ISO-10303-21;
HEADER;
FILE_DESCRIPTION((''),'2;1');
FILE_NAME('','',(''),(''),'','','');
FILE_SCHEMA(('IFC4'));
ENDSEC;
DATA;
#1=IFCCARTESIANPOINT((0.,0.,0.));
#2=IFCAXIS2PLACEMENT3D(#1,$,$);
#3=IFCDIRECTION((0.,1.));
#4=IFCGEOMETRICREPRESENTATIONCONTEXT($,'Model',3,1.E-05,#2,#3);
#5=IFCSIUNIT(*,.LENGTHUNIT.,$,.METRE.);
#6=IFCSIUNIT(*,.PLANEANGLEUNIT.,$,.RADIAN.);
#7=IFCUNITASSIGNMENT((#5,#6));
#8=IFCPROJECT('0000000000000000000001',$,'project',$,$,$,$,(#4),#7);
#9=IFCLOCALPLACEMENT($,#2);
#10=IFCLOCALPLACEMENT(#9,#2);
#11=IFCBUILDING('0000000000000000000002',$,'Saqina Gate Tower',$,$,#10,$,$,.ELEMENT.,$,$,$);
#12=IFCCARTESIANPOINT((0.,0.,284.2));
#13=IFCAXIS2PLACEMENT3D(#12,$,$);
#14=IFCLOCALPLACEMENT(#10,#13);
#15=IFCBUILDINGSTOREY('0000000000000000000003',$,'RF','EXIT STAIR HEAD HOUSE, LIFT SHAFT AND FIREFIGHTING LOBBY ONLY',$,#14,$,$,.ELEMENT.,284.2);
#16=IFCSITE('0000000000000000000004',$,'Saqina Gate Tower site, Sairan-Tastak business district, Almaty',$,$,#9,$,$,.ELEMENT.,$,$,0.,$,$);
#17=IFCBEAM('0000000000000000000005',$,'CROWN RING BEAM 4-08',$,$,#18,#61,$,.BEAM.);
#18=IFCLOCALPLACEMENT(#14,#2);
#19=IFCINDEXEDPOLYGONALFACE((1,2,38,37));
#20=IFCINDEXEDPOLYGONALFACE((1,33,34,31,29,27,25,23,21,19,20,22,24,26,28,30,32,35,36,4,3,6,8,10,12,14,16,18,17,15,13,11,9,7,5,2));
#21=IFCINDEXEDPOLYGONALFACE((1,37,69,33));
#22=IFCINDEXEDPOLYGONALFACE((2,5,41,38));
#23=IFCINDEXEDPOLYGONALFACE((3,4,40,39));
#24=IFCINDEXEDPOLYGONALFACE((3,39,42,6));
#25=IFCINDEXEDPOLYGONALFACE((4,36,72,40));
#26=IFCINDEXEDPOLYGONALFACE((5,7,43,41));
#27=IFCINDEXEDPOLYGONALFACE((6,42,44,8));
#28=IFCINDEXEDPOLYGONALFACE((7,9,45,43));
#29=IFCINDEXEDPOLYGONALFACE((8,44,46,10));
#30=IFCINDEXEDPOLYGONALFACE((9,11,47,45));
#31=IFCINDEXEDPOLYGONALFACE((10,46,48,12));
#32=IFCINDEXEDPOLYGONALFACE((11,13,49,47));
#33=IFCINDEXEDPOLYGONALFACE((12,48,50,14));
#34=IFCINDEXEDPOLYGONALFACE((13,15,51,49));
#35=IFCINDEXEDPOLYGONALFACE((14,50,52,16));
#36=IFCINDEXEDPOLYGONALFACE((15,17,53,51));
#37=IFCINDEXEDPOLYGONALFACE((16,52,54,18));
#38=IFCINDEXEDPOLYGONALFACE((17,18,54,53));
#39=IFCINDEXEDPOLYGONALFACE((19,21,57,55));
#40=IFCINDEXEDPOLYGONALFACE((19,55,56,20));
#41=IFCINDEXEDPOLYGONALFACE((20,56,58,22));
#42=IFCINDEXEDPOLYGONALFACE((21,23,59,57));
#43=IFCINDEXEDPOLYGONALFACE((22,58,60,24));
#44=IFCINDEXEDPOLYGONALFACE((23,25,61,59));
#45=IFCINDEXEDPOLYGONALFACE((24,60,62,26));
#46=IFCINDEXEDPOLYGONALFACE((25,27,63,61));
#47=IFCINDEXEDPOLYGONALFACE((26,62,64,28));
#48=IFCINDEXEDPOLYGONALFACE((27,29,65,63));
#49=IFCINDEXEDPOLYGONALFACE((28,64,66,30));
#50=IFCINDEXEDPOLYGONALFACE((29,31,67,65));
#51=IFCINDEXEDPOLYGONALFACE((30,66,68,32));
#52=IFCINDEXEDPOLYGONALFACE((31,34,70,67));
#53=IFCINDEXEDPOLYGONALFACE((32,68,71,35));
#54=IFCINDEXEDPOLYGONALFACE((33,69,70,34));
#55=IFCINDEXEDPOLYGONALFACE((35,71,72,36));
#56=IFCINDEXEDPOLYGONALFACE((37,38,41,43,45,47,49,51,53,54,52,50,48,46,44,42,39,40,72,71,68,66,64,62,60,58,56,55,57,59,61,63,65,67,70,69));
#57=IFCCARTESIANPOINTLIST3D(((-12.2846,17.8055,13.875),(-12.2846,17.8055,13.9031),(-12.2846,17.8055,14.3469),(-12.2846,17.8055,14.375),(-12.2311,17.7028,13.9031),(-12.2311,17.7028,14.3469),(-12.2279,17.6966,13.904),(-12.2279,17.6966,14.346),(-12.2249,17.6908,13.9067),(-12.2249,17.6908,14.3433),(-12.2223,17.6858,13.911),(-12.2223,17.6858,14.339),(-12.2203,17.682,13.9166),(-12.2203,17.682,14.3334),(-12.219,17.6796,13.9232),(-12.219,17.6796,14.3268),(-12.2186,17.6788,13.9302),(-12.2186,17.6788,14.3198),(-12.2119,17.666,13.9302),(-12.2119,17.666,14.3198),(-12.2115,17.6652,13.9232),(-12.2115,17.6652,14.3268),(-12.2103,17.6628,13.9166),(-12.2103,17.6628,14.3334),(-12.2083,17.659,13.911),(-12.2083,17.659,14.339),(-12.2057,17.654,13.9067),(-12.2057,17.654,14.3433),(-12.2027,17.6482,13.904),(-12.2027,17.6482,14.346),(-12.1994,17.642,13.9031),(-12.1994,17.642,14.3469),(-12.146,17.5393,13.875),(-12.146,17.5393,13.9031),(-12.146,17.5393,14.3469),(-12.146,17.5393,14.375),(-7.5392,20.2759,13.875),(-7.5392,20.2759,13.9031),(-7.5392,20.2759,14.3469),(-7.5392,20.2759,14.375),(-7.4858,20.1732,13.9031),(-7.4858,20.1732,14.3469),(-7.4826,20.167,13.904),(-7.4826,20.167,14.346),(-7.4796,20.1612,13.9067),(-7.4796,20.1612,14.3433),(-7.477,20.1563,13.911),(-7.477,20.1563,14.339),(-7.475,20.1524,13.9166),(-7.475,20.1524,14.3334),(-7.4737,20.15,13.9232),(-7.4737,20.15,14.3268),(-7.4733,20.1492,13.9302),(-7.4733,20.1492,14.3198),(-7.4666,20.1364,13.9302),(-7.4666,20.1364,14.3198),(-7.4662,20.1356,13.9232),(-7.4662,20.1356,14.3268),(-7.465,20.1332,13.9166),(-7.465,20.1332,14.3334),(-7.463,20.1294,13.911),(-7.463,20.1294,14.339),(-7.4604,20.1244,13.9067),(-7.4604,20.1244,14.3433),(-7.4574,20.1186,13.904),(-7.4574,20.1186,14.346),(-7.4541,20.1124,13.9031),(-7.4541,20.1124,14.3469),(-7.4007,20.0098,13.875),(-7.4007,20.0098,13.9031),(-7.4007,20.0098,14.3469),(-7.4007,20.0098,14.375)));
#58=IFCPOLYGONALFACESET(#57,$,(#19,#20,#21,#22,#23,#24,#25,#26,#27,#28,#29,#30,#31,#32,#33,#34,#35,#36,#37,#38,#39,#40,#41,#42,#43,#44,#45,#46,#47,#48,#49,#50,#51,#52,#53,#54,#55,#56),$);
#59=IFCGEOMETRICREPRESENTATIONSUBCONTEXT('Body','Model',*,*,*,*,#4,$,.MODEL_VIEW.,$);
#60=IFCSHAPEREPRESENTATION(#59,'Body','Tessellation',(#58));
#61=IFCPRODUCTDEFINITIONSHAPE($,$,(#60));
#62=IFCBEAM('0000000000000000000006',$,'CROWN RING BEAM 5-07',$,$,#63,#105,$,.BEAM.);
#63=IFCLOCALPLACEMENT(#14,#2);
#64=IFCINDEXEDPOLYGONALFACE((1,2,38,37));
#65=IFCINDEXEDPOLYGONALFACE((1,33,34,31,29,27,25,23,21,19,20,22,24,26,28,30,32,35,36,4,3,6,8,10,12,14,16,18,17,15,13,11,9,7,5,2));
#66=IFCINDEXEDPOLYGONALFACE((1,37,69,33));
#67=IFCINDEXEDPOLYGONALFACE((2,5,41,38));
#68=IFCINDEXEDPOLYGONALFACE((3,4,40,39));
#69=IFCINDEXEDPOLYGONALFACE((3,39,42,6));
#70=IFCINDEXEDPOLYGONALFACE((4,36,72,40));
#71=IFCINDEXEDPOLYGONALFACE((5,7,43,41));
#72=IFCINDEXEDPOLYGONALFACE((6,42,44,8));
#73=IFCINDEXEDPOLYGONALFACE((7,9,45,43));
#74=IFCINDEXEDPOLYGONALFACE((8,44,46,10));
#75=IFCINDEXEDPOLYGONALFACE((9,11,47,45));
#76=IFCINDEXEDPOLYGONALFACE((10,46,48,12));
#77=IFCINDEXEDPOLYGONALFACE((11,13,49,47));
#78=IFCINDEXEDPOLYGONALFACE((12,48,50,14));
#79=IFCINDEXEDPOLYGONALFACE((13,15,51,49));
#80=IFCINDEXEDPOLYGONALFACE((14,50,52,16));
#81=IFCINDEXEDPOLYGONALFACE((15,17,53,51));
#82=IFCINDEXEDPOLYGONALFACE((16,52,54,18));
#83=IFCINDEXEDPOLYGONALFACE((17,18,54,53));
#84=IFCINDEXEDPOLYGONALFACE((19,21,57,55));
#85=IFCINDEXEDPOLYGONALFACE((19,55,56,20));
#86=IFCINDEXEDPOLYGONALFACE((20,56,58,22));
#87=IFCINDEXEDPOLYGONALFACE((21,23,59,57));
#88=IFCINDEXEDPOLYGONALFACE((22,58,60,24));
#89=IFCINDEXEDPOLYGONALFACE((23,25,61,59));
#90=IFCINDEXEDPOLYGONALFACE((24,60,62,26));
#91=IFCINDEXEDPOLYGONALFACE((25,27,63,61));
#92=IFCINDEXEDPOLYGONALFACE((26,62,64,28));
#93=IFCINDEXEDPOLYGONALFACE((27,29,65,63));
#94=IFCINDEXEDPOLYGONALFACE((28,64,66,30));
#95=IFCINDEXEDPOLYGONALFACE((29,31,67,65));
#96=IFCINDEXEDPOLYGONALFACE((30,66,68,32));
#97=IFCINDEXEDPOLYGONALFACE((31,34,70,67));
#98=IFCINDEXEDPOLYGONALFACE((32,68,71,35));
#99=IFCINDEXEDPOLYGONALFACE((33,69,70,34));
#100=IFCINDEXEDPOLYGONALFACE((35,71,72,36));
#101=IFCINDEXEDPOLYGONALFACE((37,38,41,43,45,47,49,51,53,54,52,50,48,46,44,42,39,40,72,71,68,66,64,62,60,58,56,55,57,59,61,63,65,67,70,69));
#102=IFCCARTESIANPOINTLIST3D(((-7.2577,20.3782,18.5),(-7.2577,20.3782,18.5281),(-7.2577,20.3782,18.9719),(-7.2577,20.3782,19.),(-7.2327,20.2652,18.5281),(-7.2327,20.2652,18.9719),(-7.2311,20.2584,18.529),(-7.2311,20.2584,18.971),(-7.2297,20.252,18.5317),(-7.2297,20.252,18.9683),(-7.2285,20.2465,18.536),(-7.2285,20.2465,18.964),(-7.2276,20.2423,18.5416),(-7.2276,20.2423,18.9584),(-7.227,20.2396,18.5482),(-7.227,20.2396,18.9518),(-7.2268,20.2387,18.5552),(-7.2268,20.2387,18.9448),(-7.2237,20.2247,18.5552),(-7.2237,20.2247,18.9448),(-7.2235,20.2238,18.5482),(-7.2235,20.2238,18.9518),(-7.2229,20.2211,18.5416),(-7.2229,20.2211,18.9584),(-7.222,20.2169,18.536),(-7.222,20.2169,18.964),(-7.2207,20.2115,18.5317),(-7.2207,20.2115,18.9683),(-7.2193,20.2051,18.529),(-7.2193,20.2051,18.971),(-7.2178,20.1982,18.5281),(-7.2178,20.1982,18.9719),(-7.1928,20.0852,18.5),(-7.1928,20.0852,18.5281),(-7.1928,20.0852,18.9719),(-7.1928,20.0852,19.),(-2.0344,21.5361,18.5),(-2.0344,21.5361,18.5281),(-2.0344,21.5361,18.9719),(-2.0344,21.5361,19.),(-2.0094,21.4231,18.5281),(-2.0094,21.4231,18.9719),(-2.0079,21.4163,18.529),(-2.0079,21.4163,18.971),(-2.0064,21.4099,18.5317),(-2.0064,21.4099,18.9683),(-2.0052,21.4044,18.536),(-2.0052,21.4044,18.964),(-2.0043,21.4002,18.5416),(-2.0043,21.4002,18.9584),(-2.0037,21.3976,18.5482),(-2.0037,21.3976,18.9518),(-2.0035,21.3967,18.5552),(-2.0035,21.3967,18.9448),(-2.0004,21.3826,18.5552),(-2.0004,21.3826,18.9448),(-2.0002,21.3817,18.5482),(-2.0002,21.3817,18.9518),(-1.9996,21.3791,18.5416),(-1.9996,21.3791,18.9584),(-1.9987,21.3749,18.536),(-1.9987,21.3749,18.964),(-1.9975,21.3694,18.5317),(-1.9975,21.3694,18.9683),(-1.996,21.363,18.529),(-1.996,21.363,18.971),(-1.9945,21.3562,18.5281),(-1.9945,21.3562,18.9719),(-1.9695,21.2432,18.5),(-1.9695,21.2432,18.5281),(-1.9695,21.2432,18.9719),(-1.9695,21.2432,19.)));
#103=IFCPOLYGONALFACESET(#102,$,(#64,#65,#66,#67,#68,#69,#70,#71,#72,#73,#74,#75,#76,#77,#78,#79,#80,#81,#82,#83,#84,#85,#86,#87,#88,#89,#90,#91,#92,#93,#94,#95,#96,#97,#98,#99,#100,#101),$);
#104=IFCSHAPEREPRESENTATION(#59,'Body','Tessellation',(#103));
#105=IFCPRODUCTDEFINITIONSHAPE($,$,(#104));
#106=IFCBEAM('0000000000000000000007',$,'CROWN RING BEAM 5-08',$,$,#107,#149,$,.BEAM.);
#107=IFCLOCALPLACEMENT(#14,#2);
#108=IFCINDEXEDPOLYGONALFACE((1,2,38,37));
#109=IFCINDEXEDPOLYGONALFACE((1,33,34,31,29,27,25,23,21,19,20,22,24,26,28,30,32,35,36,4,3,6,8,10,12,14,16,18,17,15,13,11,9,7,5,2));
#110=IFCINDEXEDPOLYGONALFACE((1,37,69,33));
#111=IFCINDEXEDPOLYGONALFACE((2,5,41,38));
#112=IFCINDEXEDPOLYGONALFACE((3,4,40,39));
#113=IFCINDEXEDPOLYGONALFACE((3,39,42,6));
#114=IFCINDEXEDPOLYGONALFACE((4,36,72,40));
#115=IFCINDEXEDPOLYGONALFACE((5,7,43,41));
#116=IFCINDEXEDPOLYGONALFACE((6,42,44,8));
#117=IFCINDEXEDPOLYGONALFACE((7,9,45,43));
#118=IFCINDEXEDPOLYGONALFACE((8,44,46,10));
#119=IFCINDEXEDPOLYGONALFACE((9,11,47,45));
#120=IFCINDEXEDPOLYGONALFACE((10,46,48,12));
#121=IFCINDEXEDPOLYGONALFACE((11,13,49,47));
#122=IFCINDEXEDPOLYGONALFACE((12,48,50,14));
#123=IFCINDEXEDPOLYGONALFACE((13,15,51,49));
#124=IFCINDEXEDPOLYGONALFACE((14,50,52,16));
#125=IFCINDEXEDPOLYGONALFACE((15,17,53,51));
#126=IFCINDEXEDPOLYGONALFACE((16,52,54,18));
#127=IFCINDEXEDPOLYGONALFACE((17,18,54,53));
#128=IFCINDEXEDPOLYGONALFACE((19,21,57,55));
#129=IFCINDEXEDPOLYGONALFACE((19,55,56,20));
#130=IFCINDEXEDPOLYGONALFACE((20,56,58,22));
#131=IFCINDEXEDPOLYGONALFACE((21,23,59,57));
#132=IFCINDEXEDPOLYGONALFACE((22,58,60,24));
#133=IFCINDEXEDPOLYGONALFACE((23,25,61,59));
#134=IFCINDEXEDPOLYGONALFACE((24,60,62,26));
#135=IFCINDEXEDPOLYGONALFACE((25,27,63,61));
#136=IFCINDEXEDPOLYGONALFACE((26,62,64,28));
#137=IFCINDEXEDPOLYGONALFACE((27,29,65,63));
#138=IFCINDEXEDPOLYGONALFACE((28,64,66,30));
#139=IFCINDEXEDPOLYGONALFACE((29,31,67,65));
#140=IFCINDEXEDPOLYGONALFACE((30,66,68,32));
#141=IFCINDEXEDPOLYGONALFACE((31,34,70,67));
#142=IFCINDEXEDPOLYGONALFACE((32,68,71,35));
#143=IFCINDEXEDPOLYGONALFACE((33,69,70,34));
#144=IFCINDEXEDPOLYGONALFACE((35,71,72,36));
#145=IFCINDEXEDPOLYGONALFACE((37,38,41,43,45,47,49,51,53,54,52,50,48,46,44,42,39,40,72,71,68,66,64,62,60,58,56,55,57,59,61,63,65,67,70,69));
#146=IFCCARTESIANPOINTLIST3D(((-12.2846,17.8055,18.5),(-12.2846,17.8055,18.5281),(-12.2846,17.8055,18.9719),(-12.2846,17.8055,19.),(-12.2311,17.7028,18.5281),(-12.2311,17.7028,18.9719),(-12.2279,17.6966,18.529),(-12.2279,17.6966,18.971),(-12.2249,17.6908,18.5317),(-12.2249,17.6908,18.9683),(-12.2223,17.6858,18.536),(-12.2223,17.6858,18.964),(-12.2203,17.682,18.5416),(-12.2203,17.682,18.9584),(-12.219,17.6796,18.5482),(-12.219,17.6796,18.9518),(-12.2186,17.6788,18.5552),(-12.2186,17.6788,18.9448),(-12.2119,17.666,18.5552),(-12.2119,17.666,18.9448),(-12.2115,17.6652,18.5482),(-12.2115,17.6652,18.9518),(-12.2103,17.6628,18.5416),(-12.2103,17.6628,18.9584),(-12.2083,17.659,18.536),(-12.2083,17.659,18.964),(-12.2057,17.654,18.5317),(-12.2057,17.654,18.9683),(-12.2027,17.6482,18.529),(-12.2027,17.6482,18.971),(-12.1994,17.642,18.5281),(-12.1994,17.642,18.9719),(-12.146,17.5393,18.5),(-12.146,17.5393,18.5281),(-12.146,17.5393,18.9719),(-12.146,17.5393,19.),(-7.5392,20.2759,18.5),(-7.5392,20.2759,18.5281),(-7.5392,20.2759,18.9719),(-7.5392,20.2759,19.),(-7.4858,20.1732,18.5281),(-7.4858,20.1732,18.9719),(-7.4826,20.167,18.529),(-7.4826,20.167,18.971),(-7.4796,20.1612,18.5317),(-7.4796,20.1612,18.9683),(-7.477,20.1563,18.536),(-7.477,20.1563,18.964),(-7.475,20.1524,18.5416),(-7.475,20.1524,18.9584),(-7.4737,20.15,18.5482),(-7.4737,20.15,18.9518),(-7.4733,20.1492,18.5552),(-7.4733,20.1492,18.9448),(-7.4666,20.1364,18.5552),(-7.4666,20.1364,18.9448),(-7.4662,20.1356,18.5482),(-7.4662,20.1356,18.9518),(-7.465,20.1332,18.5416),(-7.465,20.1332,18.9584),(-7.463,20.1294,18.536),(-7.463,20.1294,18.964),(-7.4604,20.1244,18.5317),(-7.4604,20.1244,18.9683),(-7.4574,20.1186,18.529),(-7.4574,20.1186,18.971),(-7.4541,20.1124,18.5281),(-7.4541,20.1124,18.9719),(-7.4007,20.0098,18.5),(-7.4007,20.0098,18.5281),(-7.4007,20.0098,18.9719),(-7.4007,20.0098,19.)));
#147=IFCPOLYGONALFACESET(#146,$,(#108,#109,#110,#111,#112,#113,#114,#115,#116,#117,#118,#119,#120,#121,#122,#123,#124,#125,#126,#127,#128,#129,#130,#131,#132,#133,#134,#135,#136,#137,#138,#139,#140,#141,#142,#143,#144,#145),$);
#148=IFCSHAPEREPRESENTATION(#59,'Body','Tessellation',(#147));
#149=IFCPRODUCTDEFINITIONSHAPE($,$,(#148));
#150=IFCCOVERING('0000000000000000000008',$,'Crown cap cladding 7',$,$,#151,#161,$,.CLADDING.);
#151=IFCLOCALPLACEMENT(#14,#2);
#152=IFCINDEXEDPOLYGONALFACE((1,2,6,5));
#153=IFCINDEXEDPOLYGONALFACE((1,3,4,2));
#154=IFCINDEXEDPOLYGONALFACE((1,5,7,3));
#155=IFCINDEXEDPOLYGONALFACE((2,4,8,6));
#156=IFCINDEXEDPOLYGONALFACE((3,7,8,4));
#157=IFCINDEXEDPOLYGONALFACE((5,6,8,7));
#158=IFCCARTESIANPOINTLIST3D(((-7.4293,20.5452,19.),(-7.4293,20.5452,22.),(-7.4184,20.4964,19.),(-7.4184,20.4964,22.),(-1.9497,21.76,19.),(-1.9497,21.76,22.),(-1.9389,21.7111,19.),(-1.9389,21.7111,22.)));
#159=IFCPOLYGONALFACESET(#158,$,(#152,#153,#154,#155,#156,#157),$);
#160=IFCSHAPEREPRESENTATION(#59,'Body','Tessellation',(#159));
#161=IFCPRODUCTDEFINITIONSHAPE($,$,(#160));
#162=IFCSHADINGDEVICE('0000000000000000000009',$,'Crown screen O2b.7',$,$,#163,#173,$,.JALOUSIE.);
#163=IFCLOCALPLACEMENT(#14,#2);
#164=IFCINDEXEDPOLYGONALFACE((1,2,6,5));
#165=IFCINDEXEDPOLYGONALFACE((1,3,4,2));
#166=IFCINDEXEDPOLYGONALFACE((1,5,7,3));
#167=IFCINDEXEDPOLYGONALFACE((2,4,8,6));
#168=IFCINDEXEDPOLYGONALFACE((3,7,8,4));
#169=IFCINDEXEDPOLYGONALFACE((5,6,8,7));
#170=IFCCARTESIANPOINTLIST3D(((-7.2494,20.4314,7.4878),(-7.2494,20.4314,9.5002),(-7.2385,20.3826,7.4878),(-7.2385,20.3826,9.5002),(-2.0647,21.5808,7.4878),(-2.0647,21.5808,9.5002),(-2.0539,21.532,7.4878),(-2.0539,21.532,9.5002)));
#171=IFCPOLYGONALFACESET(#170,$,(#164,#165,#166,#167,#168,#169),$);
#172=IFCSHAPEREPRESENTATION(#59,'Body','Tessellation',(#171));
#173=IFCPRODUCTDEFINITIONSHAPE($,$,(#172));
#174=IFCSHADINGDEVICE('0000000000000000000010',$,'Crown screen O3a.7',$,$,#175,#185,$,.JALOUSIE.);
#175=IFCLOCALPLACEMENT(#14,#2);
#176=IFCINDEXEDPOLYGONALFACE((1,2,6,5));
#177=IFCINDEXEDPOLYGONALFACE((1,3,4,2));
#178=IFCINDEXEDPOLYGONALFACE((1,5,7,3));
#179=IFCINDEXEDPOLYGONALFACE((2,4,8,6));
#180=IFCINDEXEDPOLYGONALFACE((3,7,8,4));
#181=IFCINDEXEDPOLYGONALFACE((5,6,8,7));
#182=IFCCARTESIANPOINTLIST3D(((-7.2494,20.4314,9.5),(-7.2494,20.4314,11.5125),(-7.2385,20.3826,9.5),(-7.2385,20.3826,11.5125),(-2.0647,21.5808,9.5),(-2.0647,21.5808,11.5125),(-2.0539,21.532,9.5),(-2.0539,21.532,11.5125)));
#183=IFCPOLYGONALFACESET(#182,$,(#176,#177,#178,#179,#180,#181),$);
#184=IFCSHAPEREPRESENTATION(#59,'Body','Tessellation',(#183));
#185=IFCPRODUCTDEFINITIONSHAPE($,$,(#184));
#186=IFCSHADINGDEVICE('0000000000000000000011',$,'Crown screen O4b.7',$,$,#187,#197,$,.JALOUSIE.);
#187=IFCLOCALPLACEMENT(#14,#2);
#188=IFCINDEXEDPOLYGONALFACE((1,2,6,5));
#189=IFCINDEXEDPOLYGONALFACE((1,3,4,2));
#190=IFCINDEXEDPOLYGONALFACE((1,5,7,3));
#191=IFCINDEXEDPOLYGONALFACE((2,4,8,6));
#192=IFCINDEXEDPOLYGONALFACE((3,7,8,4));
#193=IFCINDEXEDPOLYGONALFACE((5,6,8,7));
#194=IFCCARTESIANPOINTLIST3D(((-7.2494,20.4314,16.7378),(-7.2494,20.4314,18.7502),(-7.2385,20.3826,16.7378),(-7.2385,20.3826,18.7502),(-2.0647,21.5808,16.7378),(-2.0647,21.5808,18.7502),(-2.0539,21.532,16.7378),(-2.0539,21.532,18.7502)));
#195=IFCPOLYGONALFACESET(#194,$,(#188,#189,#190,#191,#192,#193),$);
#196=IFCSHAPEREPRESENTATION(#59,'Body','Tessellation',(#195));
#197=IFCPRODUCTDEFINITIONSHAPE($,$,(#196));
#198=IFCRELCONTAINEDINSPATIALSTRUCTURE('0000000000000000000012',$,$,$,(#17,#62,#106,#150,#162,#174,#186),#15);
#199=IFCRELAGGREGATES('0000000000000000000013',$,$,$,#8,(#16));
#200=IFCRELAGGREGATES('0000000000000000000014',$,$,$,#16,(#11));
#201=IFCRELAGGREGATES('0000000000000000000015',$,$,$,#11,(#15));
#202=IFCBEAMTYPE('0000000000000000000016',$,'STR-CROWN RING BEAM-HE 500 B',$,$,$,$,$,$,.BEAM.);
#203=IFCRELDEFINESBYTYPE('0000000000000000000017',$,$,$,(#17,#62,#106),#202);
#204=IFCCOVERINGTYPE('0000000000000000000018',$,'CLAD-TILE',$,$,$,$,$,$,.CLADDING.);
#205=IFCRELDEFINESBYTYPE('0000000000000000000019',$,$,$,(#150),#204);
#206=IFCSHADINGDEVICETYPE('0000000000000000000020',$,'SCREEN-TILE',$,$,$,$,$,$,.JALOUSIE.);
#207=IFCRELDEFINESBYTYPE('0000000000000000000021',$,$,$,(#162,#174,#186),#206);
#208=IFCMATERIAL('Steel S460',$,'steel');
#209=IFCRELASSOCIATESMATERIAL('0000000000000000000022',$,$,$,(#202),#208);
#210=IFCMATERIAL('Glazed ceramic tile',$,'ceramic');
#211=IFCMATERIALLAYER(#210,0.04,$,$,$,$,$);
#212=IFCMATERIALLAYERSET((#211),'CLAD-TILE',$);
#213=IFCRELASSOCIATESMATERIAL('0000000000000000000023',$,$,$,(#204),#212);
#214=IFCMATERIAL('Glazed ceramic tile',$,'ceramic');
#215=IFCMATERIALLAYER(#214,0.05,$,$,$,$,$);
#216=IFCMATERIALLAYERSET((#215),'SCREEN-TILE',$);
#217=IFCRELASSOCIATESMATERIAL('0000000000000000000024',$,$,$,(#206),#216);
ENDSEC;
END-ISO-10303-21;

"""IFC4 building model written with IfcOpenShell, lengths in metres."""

from ifc_helpers import new_model, si_unit, direction, frame, origin, origin_2d, place, context, subcontext, project, spatial, rectangle, i_section, extrude, material, layer, layer_set, material_profile, profile_set, type_object, element, save


model = new_model("IFC4")

# Units and contexts
model_context = context("Model", 3, precision=1e-05, world=origin(), true_north=direction((0.0, 1.0)))
body_context = subcontext(model_context, "Body", "Model", "MODEL_VIEW")
ifc_project = project(units=[si_unit("LENGTHUNIT", "METRE"), si_unit("PLANEANGLEUNIT", "RADIAN")], contexts=[model_context])

# Site, building, storey
site_placement = place(None, origin())
site = spatial("IfcSite", under=ifc_project, at=site_placement, Name="Saqina Gate Tower site, Sairan-Tastak business district, Almaty", CompositionType="ELEMENT", RefElevation=0.0)
building_placement = place(site_placement, origin())
building = spatial("IfcBuilding", under=site, at=building_placement, Name="Saqina Gate Tower", CompositionType="ELEMENT")
storey_placement = place(building_placement, frame((0.0, 0.0, 284.2)))
storey = spatial("IfcBuildingStorey", under=building, at=storey_placement, Name="RF", Description="EXIT STAIR HEAD HOUSE, LIFT SHAFT AND FIREFIGHTING LOBBY ONLY", CompositionType="ELEMENT", Elevation=284.2)

# Beams
ifc_material_1 = material(Name="Steel S460", Category="steel")
ifc_material_profile_1 = material_profile(ifc_material_1, i_section(OverallWidth=0.3, OverallDepth=0.5, WebThickness=0.0144, FlangeThickness=0.0281, FilletRadius=0.0271, at=origin_2d()), Name="HE 500 B")
ifc_profile_set_1 = profile_set([ifc_material_profile_1], Name="Steel S460")
beam_type_1 = type_object("IfcBeamType", Name="STR-CROWN RING BEAM-HE 500 B", PredefinedType="BEAM", material=ifc_profile_set_1)
beam_1_placement = place(storey_placement, frame((-7.47, 20.1428, 14.125), z_axis=(-0.886997, -0.461775, 0.0), x_axis=(0.461775, -0.886997, 0.0)))
element("IfcBeam", 1, at=beam_1_placement, inside=storey, type_object=beam_type_1, Name="CROWN RING BEAM 4-08", PredefinedType="BEAM", context=body_context, shape_type="SweptSolid", body=[
    extrude(i_section(OverallWidth=0.3, OverallDepth=0.5, WebThickness=0.0144, FlangeThickness=0.0281, FilletRadius=0.0271, at=origin_2d()), origin(), (0.0, 0.0, 1.0), 5.3499),
])
beam_2_placement = place(storey_placement, frame((-2.002, 21.3896, 18.75), z_axis=(-0.976298, -0.216433, 0.0), x_axis=(0.216433, -0.976298, 0.0)))
element("IfcBeam", 2, at=beam_2_placement, inside=storey, type_object=beam_type_1, Name="CROWN RING BEAM 5-07", PredefinedType="BEAM", context=body_context, shape_type="SweptSolid", body=[
    extrude(i_section(OverallWidth=0.3, OverallDepth=0.5, WebThickness=0.0144, FlangeThickness=0.0281, FilletRadius=0.0271, at=origin_2d()), origin(), (0.0, 0.0, 1.0), 5.3501),
])
beam_3_placement = place(storey_placement, frame((-7.47, 20.1428, 18.75), z_axis=(-0.886997, -0.461775, 0.0), x_axis=(0.461775, -0.886997, 0.0)))
element("IfcBeam", 3, at=beam_3_placement, inside=storey, type_object=beam_type_1, Name="CROWN RING BEAM 5-08", PredefinedType="BEAM", context=body_context, shape_type="SweptSolid", body=[
    extrude(i_section(OverallWidth=0.3, OverallDepth=0.5, WebThickness=0.0144, FlangeThickness=0.0281, FilletRadius=0.0271, at=origin_2d()), origin(), (0.0, 0.0, 1.0), 5.3499),
])

# Covering
ifc_material_2 = material(Name="Glazed ceramic tile", Category="ceramic")
ifc_layer_1 = layer(ifc_material_2, 0.04)
ifc_layer_set_1 = layer_set([ifc_layer_1], Name="CLAD-TILE")
covering_type = type_object("IfcCoveringType", Name="CLAD-TILE", PredefinedType="CLADDING", material=ifc_layer_set_1)
covering_placement = place(storey_placement, frame((-4.6841, 21.1282, 19.0), z_axis=(0.0, 0.0, 1.0), x_axis=(-0.976296, -0.21644, 0.0)))
element("IfcCovering", 4, at=covering_placement, inside=storey, type_object=covering_type, Name="Crown cap cladding 7", PredefinedType="CLADDING", context=body_context, shape_type="SweptSolid", body=[
    extrude(rectangle(XDim=5.6125, YDim=0.05, at=origin_2d()), origin(), (0.0, 0.0, 1.0), 3.0),
])

# Shading devices
ifc_material_3 = material(Name="Glazed ceramic tile", Category="ceramic")
ifc_layer_2 = layer(ifc_material_3, 0.05)
ifc_layer_set_2 = layer_set([ifc_layer_2], Name="SCREEN-TILE")
shading_device_type_1 = type_object("IfcShadingDeviceType", Name="SCREEN-TILE", PredefinedType="JALOUSIE", material=ifc_layer_set_2)
for number, where, z_axis, x_axis, name in (
    (5, (-4.6516, 20.9817, 7.4878), (0.0, 0.0, 1.0), (-0.976296, -0.21644, 0.0), "Crown screen O2b.7"),
    (6, (-4.6516, 20.9817, 9.5), (0.0, 0.0, 1.0), (-0.976296, -0.21644, 0.0), "Crown screen O3a.7"),
    (7, (-4.6516, 20.9817, 16.7378), (0.0, 0.0, 1.0), (-0.976296, -0.21644, 0.0), "Crown screen O4b.7"),
):
    element("IfcShadingDevice", number, at=place(storey_placement, frame(where, z_axis=z_axis, x_axis=x_axis)), inside=storey, type_object=shading_device_type_1, Name=name, PredefinedType="JALOUSIE", context=body_context, shape_type="SweptSolid", body=[
        extrude(rectangle(XDim=5.3105, YDim=0.05, at=origin_2d()), origin(), (0.0, 0.0, 1.0), 2.0125),
    ])

save(model, "model.ifc")
